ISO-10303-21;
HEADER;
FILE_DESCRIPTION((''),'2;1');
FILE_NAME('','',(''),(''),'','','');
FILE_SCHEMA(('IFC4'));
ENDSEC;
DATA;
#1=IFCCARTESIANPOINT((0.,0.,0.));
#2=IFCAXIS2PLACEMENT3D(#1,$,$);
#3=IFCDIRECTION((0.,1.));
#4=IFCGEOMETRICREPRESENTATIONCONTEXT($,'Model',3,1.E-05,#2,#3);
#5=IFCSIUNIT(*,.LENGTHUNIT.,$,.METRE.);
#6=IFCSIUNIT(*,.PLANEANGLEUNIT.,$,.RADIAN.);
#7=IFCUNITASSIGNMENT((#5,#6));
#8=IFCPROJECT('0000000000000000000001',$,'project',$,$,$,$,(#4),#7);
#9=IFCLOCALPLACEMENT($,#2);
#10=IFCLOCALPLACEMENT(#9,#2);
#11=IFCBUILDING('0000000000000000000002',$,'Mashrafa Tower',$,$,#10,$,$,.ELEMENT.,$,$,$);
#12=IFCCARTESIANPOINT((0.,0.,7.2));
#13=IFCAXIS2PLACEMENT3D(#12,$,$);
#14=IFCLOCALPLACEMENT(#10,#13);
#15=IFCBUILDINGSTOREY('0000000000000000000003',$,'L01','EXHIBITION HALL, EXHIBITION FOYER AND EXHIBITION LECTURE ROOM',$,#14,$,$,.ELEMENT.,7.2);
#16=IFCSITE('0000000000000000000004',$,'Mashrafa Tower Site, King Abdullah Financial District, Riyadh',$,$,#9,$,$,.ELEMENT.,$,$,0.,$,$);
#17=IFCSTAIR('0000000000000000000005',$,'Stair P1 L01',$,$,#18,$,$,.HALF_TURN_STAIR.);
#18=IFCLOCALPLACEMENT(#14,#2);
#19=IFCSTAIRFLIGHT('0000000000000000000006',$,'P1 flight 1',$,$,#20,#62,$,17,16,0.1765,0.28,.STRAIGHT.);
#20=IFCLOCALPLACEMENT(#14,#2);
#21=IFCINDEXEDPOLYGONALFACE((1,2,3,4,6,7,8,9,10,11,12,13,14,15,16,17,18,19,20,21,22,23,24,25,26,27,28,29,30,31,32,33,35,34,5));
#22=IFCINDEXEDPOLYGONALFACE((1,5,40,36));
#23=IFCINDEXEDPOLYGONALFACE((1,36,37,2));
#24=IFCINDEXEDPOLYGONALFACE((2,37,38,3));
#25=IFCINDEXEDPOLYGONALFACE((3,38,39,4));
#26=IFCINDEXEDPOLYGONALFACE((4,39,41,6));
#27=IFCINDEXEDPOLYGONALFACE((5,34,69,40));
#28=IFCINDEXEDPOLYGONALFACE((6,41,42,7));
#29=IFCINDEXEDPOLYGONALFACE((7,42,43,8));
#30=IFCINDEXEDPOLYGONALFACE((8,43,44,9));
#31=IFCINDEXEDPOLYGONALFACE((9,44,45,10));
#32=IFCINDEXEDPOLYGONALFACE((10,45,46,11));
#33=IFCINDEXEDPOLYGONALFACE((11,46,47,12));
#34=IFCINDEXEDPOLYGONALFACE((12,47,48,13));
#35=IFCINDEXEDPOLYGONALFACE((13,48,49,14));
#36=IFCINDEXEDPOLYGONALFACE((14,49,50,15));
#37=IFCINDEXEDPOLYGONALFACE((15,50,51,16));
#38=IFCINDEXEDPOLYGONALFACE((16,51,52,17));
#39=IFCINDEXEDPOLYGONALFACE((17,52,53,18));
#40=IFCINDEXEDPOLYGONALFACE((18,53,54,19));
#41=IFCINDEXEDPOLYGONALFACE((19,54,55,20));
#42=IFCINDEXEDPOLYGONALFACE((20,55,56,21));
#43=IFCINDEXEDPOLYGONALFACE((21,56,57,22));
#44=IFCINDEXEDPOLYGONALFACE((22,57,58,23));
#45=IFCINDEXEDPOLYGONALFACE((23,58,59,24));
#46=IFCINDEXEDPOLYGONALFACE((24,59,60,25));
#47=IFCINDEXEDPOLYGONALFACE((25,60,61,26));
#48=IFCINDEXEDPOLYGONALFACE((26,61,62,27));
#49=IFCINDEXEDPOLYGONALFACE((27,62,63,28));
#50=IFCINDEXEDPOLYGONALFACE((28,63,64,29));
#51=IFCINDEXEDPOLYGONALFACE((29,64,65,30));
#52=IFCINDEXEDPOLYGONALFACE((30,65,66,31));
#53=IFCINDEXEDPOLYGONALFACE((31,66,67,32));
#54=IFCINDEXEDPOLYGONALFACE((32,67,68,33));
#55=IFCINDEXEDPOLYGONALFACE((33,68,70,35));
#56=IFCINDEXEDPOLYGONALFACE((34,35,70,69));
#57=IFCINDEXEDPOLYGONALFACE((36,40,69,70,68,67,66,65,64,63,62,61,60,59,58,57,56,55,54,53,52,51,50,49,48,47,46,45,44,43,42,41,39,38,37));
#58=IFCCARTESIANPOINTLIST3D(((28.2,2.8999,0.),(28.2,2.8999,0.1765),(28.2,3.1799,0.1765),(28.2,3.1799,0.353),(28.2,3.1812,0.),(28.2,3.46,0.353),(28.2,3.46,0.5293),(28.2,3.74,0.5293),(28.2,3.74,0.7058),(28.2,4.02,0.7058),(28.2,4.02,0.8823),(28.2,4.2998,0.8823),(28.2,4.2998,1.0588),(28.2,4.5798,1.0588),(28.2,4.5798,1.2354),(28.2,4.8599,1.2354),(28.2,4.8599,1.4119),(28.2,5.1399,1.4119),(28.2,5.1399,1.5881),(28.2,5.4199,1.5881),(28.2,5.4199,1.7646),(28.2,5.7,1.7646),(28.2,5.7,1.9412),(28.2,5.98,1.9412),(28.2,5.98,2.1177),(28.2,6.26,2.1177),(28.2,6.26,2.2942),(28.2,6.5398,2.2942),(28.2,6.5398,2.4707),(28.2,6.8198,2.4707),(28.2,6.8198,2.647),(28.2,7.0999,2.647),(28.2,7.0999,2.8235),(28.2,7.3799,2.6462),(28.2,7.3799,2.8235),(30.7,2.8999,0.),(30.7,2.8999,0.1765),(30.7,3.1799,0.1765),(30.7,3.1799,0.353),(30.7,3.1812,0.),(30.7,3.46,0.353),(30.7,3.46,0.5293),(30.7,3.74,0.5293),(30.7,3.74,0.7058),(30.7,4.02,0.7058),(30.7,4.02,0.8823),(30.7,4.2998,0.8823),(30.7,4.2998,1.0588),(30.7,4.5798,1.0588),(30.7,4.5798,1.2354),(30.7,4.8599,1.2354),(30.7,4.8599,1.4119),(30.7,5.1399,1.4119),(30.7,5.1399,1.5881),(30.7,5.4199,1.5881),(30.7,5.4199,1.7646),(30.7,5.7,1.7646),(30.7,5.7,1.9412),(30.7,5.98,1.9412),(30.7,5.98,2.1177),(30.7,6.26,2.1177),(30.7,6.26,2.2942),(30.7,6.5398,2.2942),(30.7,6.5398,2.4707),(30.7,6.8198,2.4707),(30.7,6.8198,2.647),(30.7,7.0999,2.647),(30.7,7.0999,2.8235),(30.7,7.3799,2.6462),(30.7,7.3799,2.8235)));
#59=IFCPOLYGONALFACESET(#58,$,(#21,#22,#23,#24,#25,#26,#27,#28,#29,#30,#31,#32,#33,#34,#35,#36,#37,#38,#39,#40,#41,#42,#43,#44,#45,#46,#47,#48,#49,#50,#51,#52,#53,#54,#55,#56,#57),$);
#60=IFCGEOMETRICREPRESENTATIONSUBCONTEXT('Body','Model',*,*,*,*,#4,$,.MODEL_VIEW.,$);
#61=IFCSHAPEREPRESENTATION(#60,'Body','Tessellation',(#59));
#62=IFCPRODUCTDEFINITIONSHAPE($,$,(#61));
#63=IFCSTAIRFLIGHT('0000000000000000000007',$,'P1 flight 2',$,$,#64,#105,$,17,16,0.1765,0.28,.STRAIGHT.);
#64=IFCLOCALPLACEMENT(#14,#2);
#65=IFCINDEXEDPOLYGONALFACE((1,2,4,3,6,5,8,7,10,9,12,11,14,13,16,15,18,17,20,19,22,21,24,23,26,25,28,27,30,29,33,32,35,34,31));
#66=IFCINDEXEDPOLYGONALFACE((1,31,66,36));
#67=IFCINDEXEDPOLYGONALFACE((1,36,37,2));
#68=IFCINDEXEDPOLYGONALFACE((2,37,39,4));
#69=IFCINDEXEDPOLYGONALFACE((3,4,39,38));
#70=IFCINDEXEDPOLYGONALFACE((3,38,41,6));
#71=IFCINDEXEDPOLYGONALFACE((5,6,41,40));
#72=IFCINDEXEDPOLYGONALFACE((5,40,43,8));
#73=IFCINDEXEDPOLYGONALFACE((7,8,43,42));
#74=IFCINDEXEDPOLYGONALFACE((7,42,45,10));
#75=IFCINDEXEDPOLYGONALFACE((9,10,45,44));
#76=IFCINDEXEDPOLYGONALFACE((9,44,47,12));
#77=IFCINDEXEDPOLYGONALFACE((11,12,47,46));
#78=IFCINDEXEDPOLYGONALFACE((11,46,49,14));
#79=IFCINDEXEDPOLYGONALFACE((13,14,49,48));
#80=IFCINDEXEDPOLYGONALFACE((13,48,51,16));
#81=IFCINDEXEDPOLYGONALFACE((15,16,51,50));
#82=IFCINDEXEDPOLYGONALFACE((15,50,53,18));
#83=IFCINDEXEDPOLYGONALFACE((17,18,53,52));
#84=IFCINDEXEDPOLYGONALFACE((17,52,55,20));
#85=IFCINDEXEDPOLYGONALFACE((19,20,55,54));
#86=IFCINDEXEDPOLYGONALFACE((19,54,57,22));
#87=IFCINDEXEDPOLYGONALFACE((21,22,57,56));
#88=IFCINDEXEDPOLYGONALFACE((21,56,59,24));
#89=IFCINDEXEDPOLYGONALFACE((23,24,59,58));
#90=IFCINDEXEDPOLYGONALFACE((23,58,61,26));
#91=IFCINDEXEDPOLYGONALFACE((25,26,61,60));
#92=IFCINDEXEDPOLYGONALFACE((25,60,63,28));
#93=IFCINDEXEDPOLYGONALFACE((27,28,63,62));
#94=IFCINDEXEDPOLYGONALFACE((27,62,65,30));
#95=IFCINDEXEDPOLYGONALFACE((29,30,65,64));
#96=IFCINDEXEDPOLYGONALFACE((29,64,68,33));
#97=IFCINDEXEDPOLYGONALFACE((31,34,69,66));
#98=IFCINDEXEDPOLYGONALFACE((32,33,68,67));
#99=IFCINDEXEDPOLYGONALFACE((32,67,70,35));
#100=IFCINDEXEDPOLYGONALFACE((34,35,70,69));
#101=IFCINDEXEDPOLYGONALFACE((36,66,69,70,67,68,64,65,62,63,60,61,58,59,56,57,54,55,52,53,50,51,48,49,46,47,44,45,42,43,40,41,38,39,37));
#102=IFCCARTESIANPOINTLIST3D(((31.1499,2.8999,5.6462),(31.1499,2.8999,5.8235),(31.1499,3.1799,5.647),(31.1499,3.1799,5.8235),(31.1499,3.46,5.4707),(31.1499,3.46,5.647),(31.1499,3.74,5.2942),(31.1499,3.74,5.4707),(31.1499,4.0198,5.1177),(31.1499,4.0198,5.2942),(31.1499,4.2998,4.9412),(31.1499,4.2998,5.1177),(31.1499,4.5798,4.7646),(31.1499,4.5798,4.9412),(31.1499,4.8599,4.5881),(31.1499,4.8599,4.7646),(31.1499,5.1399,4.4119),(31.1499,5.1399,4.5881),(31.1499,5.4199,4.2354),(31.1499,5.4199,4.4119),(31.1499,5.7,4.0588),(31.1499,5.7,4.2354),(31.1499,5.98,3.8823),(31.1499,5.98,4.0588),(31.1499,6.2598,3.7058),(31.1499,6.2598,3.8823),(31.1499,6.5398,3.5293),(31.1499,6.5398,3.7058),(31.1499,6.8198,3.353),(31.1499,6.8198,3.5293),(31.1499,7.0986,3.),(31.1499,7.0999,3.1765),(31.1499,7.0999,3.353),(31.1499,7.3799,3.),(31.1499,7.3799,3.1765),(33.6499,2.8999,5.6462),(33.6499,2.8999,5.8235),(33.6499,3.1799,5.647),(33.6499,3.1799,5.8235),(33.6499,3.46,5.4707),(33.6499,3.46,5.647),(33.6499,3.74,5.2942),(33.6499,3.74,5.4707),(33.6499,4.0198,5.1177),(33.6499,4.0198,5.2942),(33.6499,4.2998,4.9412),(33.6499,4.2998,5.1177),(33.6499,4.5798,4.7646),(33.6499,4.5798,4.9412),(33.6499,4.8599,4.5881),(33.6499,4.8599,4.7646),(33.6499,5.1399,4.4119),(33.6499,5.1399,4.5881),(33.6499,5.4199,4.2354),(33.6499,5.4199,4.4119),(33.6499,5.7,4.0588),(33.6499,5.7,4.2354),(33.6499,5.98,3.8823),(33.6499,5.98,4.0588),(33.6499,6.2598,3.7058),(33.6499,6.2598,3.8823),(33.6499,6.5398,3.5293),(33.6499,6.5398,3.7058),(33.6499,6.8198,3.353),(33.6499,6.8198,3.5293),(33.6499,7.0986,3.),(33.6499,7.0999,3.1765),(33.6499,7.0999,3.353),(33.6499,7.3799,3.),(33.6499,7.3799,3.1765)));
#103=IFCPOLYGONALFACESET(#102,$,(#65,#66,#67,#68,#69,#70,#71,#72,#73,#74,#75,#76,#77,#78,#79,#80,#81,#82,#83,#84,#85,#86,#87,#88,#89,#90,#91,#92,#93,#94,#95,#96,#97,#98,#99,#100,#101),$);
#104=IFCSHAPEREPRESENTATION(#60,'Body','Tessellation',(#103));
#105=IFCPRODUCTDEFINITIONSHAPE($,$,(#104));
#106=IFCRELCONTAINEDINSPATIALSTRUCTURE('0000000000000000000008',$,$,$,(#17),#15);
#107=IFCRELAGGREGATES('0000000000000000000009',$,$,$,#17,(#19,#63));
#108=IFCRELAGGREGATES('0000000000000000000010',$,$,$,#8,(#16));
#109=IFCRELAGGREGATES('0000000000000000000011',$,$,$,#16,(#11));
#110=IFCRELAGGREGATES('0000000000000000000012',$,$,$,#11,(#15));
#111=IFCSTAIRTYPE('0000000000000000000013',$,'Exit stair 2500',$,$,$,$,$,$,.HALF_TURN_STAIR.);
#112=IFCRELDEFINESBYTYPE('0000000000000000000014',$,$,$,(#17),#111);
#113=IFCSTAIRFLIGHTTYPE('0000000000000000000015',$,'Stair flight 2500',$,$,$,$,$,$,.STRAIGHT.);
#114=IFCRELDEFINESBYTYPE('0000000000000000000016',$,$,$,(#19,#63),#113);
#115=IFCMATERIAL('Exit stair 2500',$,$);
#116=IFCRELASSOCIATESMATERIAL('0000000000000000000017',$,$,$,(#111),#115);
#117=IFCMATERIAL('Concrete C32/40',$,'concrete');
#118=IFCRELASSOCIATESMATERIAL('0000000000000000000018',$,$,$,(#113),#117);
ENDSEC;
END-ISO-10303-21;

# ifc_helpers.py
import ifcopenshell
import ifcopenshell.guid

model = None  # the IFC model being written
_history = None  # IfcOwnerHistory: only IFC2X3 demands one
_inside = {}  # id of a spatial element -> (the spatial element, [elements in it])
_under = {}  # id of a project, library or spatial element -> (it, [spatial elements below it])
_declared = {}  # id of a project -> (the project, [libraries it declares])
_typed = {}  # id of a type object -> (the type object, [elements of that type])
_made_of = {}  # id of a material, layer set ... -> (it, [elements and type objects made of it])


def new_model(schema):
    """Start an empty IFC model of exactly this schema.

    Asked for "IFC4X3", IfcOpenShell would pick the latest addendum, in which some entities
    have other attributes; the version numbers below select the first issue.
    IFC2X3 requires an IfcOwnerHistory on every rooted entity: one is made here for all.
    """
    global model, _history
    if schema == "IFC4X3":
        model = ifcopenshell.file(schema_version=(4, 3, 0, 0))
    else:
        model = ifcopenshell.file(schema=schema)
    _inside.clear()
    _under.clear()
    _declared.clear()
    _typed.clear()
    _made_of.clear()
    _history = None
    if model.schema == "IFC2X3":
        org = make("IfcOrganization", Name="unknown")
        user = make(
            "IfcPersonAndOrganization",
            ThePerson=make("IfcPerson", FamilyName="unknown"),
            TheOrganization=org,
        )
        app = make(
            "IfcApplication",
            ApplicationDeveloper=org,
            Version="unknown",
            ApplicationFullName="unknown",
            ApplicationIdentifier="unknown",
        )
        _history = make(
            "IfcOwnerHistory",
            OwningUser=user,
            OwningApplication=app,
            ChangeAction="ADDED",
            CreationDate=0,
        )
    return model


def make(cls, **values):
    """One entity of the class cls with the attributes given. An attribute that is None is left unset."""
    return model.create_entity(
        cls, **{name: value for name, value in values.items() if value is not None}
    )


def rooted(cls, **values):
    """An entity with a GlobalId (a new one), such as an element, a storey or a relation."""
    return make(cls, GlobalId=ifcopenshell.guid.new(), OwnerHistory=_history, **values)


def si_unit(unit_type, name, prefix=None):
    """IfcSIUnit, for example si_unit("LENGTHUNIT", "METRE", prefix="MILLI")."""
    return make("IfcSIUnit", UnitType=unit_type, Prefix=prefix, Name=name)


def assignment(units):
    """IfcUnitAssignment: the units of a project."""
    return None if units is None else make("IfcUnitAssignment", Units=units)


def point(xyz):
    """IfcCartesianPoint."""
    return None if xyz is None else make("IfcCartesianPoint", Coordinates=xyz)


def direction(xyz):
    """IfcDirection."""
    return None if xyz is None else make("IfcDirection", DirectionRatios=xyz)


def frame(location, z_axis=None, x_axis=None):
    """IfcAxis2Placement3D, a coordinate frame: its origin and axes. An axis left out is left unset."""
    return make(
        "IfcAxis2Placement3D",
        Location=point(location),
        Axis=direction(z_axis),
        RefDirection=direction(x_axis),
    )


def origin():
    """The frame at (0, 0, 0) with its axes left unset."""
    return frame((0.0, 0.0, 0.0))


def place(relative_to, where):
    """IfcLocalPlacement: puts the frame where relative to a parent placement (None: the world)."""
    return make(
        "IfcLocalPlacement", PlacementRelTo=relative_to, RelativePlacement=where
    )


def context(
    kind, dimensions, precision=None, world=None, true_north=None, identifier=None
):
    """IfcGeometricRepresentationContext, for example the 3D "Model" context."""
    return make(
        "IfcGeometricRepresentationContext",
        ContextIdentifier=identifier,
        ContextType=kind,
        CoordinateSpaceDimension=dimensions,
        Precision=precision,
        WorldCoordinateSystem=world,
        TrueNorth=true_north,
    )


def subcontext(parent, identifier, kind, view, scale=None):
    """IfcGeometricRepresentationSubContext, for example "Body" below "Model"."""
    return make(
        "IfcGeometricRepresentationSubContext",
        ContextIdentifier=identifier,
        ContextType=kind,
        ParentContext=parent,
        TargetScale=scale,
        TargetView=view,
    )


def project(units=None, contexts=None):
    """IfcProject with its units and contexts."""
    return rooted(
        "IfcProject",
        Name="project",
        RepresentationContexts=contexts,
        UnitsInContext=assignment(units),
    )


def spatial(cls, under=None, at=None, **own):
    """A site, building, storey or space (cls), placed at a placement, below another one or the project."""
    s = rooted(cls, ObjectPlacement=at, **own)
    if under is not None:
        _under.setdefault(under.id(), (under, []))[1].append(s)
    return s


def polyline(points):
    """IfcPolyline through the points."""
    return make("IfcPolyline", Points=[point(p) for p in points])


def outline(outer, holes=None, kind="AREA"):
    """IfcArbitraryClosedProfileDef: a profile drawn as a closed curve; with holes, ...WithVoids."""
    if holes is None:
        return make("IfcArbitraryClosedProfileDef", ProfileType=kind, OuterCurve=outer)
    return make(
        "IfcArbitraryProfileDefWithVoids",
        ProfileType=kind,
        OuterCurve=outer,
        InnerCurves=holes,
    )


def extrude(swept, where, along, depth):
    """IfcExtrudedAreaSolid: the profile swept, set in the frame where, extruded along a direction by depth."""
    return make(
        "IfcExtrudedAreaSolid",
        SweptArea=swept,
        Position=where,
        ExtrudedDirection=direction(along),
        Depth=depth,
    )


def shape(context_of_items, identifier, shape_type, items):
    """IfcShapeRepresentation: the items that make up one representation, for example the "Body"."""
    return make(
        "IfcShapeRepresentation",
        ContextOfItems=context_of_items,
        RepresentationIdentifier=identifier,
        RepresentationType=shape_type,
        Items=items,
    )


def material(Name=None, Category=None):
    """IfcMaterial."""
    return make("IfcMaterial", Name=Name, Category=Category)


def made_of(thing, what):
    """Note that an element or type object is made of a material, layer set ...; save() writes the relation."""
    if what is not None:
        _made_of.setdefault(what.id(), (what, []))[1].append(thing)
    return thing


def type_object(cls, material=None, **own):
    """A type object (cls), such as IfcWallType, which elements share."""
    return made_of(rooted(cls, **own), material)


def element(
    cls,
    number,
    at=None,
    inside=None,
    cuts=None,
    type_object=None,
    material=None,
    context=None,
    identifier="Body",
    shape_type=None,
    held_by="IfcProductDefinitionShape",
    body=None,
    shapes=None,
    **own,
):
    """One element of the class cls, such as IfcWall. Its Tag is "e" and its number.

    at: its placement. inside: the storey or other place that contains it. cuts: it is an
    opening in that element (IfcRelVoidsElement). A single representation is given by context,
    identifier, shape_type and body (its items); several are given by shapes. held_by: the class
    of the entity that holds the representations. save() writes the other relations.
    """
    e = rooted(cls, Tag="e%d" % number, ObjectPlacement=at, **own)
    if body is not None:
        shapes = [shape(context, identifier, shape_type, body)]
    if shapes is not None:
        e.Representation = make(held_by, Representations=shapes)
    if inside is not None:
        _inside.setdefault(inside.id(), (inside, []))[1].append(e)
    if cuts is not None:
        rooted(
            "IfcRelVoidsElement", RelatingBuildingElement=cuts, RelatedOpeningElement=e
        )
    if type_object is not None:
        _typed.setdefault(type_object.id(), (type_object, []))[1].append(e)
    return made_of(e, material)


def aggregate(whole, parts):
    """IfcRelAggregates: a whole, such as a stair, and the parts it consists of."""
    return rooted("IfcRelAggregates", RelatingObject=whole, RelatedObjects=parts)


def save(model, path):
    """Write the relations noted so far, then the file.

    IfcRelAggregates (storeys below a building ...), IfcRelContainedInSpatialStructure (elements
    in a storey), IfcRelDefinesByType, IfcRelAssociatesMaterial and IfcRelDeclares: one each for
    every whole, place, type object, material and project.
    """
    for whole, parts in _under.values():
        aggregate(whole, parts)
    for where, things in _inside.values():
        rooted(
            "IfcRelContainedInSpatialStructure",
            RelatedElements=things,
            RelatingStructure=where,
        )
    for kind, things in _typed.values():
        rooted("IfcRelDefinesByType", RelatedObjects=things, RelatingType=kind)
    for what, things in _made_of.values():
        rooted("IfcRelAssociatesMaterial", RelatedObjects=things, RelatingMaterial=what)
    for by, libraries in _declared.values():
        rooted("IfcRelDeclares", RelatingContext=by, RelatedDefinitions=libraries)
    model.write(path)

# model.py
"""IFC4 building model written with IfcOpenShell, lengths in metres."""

from ifc_helpers import new_model, si_unit, direction, frame, origin, place, context, subcontext, project, spatial, polyline, outline, extrude, material, type_object, element, aggregate, save


model = new_model("IFC4")

# Units and contexts
model_context = context("Model", 3, precision=1e-05, world=origin(), true_north=direction((0.0, 1.0)))
body_context = subcontext(model_context, "Body", "Model", "MODEL_VIEW")
ifc_project = project(units=[si_unit("LENGTHUNIT", "METRE"), si_unit("PLANEANGLEUNIT", "RADIAN")], contexts=[model_context])

# Site, building, storey
site_placement = place(None, origin())
site = spatial("IfcSite", under=ifc_project, at=site_placement, Name="Mashrafa Tower Site, King Abdullah Financial District, Riyadh", CompositionType="ELEMENT", RefElevation=0.0)
building_placement = place(site_placement, origin())
building = spatial("IfcBuilding", under=site, at=building_placement, Name="Mashrafa Tower", CompositionType="ELEMENT")
storey_placement = place(building_placement, frame((0.0, 0.0, 7.2)))
storey = spatial("IfcBuildingStorey", under=building, at=storey_placement, Name="L01", Description="EXHIBITION HALL, EXHIBITION FOYER AND EXHIBITION LECTURE ROOM", CompositionType="ELEMENT", Elevation=7.2)

# Stair, stair flights
ifc_material_1 = material(Name="Exit stair 2500")
stair_type = type_object("IfcStairType", Name="Exit stair 2500", PredefinedType="HALF_TURN_STAIR", material=ifc_material_1)
stair_placement = place(storey_placement, origin())
stair = element("IfcStair", 1, at=stair_placement, inside=storey, type_object=stair_type, Name="Stair P1 L01", PredefinedType="HALF_TURN_STAIR")
ifc_material_2 = material(Name="Concrete C32/40", Category="concrete")
stair_flight_type = type_object("IfcStairFlightType", Name="Stair flight 2500", PredefinedType="STRAIGHT", material=ifc_material_2)
stair_flight_1_placement = place(storey_placement, frame((29.45, 2.8999, 0.0), z_axis=(0.0, 0.0, 1.0), x_axis=(0.0, 1.0, 0.0)))
stair_flight_1 = element("IfcStairFlight", 2, at=stair_flight_1_placement, type_object=stair_flight_type, Name="P1 flight 1", NumberOfRisers=17, NumberOfTreads=16, PredefinedType="STRAIGHT", RiserHeight=0.1765, TreadLength=0.28, context=body_context, shape_type="SweptSolid", body=[
    extrude(outline(polyline([(0.0, 0.0), (0.0, 0.1765), (0.28, 0.1765), (0.28, 0.353), (0.5601, 0.353), (0.5601, 0.5293), (0.8401, 0.5293), (0.8401, 0.7058), (1.1201, 0.7058), (1.1201, 0.8823), (1.3999, 0.8823), (1.3999, 1.0588), (1.6799, 1.0588), (1.6799, 1.2354), (1.96, 1.2354), (1.96, 1.4119), (2.24, 1.4119), (2.24, 1.5881), (2.52, 1.5881), (2.52, 1.7646), (2.8, 1.7646), (2.8, 1.9412), (3.0801, 1.9412), (3.0801, 2.1177), (3.3601, 2.1177), (3.3601, 2.2942), (3.6399, 2.2942), (3.6399, 2.4707), (3.9199, 2.4707), (3.9199, 2.647), (4.2, 2.647), (4.2, 2.8235), (4.48, 2.8235), (4.48, 3.0), (4.48, 2.6462), (0.2812, 0.0), (0.0, 0.0)])), frame((0.0, 1.25, 0.0), z_axis=(0.0, -1.0, 0.0), x_axis=(1.0, 0.0, 0.0)), (0.0, 0.0, 1.0), 2.5),
])
stair_flight_2_placement = place(storey_placement, frame((32.3999, 7.3799, 3.0), z_axis=(0.0, 0.0, 1.0), x_axis=(0.0, -1.0, 0.0)))
stair_flight_2 = element("IfcStairFlight", 3, at=stair_flight_2_placement, type_object=stair_flight_type, Name="P1 flight 2", NumberOfRisers=17, NumberOfTreads=16, PredefinedType="STRAIGHT", RiserHeight=0.1765, TreadLength=0.28, context=body_context, shape_type="SweptSolid", body=[
    extrude(outline(polyline([(0.0, 0.0), (0.0, 0.1765), (0.28, 0.1765), (0.28, 0.353), (0.5601, 0.353), (0.5601, 0.5293), (0.8401, 0.5293), (0.8401, 0.7058), (1.1201, 0.7058), (1.1201, 0.8823), (1.3999, 0.8823), (1.3999, 1.0588), (1.6799, 1.0588), (1.6799, 1.2354), (1.96, 1.2354), (1.96, 1.4119), (2.24, 1.4119), (2.24, 1.5881), (2.52, 1.5881), (2.52, 1.7646), (2.8, 1.7646), (2.8, 1.9412), (3.0801, 1.9412), (3.0801, 2.1177), (3.3601, 2.1177), (3.3601, 2.2942), (3.6399, 2.2942), (3.6399, 2.4707), (3.9199, 2.4707), (3.9199, 2.647), (4.2, 2.647), (4.2, 2.8235), (4.48, 2.8235), (4.48, 3.0), (4.48, 2.6462), (0.2812, 0.0), (0.0, 0.0)])), frame((0.0, 1.25, 0.0), z_axis=(0.0, -1.0, 0.0), x_axis=(1.0, 0.0, 0.0)), (0.0, 0.0, 1.0), 2.5),
])
aggregate(stair, [stair_flight_1, stair_flight_2])

save(model, "model.ifc")
